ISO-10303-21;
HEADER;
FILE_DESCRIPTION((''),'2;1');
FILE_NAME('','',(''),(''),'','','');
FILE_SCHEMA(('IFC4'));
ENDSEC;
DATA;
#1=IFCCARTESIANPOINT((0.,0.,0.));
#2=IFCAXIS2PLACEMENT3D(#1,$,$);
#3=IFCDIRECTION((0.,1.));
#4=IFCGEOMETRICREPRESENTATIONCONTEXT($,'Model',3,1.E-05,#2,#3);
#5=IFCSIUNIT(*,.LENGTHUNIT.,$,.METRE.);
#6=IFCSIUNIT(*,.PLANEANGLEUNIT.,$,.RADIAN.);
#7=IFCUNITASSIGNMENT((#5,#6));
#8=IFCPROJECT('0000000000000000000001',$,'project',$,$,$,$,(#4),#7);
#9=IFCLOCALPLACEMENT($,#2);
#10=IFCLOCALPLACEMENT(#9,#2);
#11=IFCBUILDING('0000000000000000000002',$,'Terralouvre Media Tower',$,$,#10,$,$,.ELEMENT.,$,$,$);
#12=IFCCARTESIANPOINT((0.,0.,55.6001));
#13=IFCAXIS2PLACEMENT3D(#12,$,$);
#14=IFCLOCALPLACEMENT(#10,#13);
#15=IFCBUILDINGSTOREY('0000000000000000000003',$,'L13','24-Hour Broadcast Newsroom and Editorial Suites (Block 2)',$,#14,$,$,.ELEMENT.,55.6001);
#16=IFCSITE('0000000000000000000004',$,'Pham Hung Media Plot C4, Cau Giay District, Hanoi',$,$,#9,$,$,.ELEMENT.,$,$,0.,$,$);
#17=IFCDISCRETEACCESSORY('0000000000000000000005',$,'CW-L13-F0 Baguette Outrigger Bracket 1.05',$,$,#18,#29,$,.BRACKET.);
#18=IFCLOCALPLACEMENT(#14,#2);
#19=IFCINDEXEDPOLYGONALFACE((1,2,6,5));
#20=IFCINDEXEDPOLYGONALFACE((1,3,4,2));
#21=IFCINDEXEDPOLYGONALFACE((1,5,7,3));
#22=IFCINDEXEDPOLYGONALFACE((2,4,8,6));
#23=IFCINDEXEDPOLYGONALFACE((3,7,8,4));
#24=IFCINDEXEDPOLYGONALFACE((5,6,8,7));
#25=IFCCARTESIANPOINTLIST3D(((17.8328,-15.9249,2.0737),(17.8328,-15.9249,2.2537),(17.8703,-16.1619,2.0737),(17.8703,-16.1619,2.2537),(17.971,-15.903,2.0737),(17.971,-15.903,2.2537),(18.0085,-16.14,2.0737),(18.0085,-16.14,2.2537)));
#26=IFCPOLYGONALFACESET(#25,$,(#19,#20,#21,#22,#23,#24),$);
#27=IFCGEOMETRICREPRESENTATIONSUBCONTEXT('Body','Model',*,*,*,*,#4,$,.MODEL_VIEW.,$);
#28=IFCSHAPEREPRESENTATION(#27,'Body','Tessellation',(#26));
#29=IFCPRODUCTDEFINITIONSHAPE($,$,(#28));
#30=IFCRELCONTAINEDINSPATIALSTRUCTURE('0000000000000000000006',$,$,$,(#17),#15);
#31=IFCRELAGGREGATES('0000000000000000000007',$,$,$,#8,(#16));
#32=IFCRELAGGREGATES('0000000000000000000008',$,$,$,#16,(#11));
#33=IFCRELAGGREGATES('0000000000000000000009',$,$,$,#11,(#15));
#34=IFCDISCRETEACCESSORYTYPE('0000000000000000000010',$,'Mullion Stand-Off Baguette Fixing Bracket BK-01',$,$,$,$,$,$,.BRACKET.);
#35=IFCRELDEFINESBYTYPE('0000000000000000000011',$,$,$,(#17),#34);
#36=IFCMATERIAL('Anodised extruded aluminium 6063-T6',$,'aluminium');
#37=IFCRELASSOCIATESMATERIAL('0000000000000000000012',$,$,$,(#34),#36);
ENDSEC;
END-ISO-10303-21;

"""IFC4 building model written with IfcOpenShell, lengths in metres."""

from ifc_helpers import new_model, si_unit, direction, frame, origin, origin_2d, place, context, subcontext, project, spatial, rectangle, extrude, material, type_object, element, save


model = new_model("IFC4")

# Units and contexts
model_context = context("Model", 3, precision=1e-05, world=origin(), true_north=direction((0.0, 1.0)))
body_context = subcontext(model_context, "Body", "Model", "MODEL_VIEW")
ifc_project = project(units=[si_unit("LENGTHUNIT", "METRE"), si_unit("PLANEANGLEUNIT", "RADIAN")], contexts=[model_context])

# Site, building, storey
site_placement = place(None, origin())
site = spatial("IfcSite", under=ifc_project, at=site_placement, Name="Pham Hung Media Plot C4, Cau Giay District, Hanoi", CompositionType="ELEMENT", RefElevation=0.0)
building_placement = place(site_placement, origin())
building = spatial("IfcBuilding", under=site, at=building_placement, Name="Terralouvre Media Tower", CompositionType="ELEMENT")
storey_placement = place(building_placement, frame((0.0, 0.0, 55.6001)))
storey = spatial("IfcBuildingStorey", under=building, at=storey_placement, Name="L13", Description="24-Hour Broadcast Newsroom and Editorial Suites (Block 2)", CompositionType="ELEMENT", Elevation=55.6001)

# Discrete accessory
ifc_material_1 = material(Name="Anodised extruded aluminium 6063-T6", Category="aluminium")
discrete_accessory_type = type_object("IfcDiscreteAccessoryType", Name="Mullion Stand-Off Baguette Fixing Bracket BK-01", PredefinedType="BRACKET", material=ifc_material_1)
discrete_accessory_placement = place(storey_placement, frame((17.9207, -16.0325, 2.0737), z_axis=(0.0, 0.0, 1.0), x_axis=(0.987688, 0.156434, 0.0)))
element("IfcDiscreteAccessory", 1, at=discrete_accessory_placement, inside=storey, type_object=discrete_accessory_type, Name="CW-L13-F0 Baguette Outrigger Bracket 1.05", PredefinedType="BRACKET", context=body_context, shape_type="SweptSolid", body=[
    extrude(rectangle(XDim=0.1399, YDim=0.24, at=origin_2d()), origin(), (0.0, 0.0, 1.0), 0.1799),
])

save(model, "model.ifc")
